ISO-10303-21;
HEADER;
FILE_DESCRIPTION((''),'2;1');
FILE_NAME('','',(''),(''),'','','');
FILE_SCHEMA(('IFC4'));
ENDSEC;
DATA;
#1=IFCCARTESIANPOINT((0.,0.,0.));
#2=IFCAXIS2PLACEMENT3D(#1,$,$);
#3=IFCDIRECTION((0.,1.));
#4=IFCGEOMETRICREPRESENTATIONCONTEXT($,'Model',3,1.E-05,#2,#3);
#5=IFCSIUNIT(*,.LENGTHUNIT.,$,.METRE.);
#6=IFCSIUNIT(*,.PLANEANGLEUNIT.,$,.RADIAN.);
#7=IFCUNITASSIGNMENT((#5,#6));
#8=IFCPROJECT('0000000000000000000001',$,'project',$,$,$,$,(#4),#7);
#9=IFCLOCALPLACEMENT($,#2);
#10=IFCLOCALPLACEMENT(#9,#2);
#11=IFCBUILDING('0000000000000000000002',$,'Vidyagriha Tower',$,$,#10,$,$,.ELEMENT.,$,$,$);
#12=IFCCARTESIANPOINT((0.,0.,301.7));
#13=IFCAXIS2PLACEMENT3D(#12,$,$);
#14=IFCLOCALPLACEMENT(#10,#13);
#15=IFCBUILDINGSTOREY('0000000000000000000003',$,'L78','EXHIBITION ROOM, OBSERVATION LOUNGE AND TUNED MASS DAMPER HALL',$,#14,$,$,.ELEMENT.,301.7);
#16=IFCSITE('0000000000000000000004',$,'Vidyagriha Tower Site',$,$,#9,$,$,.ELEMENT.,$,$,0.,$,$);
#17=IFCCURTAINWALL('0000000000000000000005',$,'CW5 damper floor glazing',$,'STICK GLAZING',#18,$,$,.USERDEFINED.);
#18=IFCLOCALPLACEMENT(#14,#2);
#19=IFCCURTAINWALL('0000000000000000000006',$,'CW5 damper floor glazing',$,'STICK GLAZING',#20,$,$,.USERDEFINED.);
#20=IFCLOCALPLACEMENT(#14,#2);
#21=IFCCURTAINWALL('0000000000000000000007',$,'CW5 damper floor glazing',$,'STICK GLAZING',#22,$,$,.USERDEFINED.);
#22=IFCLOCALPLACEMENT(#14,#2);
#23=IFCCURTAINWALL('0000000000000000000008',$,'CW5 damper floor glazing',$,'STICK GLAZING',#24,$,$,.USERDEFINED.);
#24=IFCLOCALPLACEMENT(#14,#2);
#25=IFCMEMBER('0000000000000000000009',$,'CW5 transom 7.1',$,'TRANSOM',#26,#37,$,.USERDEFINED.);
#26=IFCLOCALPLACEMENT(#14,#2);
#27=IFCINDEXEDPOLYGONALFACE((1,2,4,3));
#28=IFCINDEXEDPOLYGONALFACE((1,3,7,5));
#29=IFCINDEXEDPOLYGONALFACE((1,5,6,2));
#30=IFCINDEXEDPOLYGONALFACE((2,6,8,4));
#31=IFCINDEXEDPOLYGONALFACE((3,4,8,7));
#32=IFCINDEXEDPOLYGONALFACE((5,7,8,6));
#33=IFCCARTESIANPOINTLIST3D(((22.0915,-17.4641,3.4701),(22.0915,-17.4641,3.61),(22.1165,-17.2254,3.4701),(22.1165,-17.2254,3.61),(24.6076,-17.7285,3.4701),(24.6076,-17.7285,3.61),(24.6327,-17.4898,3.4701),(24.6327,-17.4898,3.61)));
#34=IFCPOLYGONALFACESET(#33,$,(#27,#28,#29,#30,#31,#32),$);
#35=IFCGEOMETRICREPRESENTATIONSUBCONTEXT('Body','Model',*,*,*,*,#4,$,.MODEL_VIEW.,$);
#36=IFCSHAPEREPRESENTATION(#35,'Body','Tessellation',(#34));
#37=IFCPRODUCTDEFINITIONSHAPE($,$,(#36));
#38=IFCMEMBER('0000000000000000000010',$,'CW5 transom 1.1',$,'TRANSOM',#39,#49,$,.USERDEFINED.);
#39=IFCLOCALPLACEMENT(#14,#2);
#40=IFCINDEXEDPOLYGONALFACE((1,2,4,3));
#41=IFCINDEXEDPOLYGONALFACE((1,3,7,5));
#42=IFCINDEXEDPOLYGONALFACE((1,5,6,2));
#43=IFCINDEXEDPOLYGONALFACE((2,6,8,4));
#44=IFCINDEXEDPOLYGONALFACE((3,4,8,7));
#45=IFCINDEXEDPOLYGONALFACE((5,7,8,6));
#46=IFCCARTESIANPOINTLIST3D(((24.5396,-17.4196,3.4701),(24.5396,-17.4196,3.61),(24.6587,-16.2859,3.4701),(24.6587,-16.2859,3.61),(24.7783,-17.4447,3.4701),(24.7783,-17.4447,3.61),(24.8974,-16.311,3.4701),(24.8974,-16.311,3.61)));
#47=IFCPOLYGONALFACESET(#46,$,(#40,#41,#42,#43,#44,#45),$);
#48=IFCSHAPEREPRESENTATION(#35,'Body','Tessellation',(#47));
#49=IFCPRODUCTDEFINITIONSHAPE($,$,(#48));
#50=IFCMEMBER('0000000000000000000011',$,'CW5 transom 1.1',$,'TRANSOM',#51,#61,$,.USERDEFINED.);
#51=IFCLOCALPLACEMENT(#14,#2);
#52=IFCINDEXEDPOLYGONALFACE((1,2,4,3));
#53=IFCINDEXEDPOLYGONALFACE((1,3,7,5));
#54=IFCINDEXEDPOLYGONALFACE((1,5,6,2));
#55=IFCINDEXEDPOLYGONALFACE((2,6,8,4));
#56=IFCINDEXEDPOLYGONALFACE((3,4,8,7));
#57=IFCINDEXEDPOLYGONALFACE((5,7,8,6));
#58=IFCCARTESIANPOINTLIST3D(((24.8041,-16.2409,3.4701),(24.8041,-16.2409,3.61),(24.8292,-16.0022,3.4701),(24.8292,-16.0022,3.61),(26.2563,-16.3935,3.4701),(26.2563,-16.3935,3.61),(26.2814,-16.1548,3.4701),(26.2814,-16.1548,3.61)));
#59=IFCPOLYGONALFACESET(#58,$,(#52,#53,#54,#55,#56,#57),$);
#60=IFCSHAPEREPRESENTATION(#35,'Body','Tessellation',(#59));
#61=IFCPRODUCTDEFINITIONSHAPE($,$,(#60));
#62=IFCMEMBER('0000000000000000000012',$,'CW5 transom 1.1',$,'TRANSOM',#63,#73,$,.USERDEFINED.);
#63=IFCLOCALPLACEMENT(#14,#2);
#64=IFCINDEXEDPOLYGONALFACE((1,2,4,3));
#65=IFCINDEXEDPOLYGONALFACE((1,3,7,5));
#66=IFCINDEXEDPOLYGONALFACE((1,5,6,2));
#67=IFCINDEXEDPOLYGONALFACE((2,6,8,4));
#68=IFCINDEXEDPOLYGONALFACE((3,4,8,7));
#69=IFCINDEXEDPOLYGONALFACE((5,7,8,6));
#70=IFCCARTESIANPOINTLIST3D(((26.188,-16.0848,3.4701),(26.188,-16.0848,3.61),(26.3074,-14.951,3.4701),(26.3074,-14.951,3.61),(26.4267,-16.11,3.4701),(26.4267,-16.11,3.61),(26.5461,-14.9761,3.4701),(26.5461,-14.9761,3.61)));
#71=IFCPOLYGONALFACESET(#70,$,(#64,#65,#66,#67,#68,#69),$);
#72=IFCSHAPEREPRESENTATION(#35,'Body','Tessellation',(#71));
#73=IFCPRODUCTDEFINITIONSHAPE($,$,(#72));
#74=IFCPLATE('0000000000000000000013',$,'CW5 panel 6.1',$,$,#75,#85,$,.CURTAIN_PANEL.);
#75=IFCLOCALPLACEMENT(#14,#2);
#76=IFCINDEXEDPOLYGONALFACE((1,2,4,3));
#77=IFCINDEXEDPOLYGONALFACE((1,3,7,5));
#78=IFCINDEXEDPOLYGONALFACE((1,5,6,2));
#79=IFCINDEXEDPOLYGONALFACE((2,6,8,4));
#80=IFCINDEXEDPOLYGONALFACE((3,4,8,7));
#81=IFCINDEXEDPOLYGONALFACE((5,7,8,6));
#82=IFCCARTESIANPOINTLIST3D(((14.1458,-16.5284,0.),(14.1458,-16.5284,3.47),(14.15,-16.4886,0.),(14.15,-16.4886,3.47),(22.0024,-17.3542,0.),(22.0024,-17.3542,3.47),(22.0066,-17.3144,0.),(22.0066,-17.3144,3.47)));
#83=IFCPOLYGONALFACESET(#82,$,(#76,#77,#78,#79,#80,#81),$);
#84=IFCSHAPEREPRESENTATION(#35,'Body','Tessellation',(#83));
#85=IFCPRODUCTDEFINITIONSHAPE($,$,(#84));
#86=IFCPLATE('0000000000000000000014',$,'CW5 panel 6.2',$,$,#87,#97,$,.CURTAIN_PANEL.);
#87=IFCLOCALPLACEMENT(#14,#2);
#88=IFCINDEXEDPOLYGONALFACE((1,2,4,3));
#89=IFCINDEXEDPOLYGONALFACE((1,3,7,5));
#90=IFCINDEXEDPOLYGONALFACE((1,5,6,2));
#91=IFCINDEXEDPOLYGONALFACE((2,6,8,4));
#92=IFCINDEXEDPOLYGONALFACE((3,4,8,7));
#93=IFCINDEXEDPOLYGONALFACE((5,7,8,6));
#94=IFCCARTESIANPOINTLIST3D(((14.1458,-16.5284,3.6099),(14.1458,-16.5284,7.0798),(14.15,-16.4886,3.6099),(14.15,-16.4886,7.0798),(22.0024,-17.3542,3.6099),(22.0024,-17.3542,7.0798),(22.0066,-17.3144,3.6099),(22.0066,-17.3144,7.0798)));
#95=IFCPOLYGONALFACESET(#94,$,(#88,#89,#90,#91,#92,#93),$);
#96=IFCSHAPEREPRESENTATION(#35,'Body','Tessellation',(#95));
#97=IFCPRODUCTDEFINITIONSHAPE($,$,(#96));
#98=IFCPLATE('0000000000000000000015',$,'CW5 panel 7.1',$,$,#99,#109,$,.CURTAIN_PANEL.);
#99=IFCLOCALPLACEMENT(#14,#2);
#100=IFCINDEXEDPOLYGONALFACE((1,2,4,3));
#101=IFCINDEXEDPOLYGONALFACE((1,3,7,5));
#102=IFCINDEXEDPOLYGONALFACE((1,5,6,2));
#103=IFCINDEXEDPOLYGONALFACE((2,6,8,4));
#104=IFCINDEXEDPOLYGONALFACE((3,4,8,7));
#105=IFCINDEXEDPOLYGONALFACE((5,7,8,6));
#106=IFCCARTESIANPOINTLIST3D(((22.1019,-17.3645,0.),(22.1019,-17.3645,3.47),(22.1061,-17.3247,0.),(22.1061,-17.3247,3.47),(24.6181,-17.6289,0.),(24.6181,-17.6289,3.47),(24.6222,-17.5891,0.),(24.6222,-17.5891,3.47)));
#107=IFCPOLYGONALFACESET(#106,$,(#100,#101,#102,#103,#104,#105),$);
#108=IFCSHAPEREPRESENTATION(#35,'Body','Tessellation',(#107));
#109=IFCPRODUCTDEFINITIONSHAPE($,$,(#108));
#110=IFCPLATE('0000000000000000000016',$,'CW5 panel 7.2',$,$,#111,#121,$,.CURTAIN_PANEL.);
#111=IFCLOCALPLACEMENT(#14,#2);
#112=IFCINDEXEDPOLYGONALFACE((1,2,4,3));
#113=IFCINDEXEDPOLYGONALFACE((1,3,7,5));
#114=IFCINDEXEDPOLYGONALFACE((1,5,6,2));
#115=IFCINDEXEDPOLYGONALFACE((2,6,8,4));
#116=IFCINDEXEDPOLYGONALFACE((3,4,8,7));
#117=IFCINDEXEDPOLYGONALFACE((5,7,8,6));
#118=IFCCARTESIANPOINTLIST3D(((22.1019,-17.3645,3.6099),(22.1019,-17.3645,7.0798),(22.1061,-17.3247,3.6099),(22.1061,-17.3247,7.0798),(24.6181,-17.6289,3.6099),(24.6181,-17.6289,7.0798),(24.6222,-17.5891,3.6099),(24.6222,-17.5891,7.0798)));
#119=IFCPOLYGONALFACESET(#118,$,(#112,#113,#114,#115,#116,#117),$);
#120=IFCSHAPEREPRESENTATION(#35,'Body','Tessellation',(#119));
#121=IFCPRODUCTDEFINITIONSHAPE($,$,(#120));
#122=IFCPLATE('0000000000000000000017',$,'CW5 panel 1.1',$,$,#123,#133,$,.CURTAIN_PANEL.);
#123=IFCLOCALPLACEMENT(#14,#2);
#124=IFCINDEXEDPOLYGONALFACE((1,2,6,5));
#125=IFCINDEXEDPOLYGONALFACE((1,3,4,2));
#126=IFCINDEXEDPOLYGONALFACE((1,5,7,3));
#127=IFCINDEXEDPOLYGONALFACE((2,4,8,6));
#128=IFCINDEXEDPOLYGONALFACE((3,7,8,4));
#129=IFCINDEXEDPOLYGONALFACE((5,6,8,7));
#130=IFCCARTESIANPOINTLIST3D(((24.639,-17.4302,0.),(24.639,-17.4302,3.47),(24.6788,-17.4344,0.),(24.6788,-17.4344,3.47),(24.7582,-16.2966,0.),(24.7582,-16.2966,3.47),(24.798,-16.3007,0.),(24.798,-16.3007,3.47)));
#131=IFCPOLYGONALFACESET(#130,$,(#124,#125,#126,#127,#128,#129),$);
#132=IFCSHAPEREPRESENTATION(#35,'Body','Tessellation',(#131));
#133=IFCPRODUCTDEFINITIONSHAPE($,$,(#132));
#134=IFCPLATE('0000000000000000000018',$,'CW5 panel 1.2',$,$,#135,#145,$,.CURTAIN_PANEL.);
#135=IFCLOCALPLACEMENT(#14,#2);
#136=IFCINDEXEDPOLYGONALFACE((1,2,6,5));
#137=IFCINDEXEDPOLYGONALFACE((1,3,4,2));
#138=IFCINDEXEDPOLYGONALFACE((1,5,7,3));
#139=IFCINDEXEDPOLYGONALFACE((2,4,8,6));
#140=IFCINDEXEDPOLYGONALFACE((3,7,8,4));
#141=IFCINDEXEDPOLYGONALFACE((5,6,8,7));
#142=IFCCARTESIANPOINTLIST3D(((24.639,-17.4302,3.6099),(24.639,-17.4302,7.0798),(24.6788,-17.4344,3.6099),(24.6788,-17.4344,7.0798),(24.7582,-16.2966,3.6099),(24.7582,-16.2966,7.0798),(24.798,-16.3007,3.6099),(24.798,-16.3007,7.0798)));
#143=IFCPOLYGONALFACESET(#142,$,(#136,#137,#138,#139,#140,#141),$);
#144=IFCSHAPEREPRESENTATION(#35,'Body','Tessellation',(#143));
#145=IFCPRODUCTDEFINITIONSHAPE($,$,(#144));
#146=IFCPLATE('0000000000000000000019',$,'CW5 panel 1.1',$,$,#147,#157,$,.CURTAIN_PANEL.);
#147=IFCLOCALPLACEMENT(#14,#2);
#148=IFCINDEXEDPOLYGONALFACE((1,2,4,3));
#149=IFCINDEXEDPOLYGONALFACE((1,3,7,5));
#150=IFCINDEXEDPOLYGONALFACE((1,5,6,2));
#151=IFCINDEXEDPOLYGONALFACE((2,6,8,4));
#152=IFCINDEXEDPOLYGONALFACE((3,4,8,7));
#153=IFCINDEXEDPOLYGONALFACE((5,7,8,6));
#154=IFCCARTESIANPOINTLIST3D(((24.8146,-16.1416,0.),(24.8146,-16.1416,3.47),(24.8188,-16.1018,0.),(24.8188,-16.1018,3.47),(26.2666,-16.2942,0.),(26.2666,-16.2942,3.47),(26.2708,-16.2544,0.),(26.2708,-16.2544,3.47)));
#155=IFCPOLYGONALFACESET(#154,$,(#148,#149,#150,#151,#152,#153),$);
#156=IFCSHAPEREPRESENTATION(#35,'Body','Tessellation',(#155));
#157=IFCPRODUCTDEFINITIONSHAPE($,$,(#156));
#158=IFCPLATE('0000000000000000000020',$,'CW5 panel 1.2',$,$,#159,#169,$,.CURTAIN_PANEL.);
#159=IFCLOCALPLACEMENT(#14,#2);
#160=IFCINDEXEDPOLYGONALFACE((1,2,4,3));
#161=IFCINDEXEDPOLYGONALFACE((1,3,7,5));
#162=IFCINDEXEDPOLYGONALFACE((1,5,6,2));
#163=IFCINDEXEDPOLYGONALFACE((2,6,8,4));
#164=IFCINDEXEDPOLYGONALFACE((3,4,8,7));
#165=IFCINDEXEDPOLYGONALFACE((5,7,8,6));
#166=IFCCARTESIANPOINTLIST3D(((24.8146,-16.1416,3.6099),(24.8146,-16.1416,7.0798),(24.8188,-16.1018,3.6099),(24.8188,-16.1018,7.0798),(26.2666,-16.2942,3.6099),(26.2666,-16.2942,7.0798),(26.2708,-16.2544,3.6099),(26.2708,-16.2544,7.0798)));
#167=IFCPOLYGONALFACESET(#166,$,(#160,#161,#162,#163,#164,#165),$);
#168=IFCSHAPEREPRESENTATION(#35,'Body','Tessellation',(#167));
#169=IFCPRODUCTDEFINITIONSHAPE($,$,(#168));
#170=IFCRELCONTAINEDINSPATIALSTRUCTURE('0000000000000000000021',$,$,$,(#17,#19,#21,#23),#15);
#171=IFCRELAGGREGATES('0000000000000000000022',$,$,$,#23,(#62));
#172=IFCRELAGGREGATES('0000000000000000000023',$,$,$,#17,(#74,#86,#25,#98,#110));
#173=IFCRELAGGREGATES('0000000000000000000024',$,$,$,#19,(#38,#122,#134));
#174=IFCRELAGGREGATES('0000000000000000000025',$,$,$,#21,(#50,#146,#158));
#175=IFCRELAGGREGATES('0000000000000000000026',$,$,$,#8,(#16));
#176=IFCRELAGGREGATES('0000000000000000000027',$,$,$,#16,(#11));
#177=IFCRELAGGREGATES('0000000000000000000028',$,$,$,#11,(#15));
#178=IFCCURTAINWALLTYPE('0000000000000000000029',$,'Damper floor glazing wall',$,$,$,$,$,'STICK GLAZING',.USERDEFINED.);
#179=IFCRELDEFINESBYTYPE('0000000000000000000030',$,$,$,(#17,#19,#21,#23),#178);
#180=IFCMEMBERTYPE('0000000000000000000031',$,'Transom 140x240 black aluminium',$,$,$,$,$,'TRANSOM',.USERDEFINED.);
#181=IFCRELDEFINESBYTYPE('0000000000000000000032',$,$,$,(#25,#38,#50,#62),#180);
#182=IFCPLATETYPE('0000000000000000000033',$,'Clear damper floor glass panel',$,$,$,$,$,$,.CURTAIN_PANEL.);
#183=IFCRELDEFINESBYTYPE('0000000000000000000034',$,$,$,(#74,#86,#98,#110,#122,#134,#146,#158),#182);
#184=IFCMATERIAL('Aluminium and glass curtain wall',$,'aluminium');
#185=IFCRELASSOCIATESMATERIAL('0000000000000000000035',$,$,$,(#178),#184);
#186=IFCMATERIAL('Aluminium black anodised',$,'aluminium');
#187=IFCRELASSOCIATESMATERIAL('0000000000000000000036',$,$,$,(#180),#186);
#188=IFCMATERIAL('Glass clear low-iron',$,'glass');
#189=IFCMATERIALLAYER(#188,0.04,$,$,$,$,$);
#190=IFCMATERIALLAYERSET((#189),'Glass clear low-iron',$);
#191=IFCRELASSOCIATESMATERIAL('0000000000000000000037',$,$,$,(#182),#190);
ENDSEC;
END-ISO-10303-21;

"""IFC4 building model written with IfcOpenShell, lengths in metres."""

from ifc_helpers import new_model, si_unit, direction, frame, origin, origin_2d, place, context, subcontext, project, spatial, rectangle, extrude, material, layer, layer_set, material_profile, profile_set, type_object, element, aggregate, save


model = new_model("IFC4")

# Units and contexts
model_context = context("Model", 3, precision=1e-05, world=origin(), true_north=direction((0.0, 1.0)))
body_context = subcontext(model_context, "Body", "Model", "MODEL_VIEW")
ifc_project = project(units=[si_unit("LENGTHUNIT", "METRE"), si_unit("PLANEANGLEUNIT", "RADIAN")], contexts=[model_context])

# Site, building, storey
site_placement = place(None, origin())
site = spatial("IfcSite", under=ifc_project, at=site_placement, Name="Vidyagriha Tower Site", CompositionType="ELEMENT", RefElevation=0.0)
building_placement = place(site_placement, origin())
building = spatial("IfcBuilding", under=site, at=building_placement, Name="Vidyagriha Tower", CompositionType="ELEMENT")
storey_placement = place(building_placement, frame((0.0, 0.0, 301.7)))
storey = spatial("IfcBuildingStorey", under=building, at=storey_placement, Name="L78", Description="EXHIBITION ROOM, OBSERVATION LOUNGE AND TUNED MASS DAMPER HALL", CompositionType="ELEMENT", Elevation=301.7)

# Curtain walls
ifc_material_1 = material(Name="Aluminium and glass curtain wall", Category="aluminium")
curtain_wall_type = type_object("IfcCurtainWallType", Name="Damper floor glazing wall", ElementType="STICK GLAZING", PredefinedType="USERDEFINED", material=ifc_material_1)
curtain_wall_1_placement = place(storey_placement, origin())
curtain_wall_1 = element("IfcCurtainWall", 1, at=curtain_wall_1_placement, inside=storey, type_object=curtain_wall_type, Name="CW5 damper floor glazing", ObjectType="STICK GLAZING", PredefinedType="USERDEFINED")
curtain_wall_2_placement = place(storey_placement, origin())
curtain_wall_2 = element("IfcCurtainWall", 2, at=curtain_wall_2_placement, inside=storey, type_object=curtain_wall_type, Name="CW5 damper floor glazing", ObjectType="STICK GLAZING", PredefinedType="USERDEFINED")

# Curtain walls
curtain_wall_3_placement = place(storey_placement, origin())
curtain_wall_3 = element("IfcCurtainWall", 3, at=curtain_wall_3_placement, inside=storey, type_object=curtain_wall_type, Name="CW5 damper floor glazing", ObjectType="STICK GLAZING", PredefinedType="USERDEFINED")
curtain_wall_4_placement = place(storey_placement, origin())
curtain_wall_4 = element("IfcCurtainWall", 4, at=curtain_wall_4_placement, inside=storey, type_object=curtain_wall_type, Name="CW5 damper floor glazing", ObjectType="STICK GLAZING", PredefinedType="USERDEFINED")

# Members
ifc_material_2 = material(Name="Aluminium black anodised", Category="aluminium")
ifc_material_profile_1 = material_profile(ifc_material_2, rectangle(XDim=0.24, YDim=0.1399, at=origin_2d()), Name="Transom 140x240 black aluminium")
ifc_profile_set_1 = profile_set([ifc_material_profile_1], Name="Aluminium black anodised")
member_type_1 = type_object("IfcMemberType", Name="Transom 140x240 black aluminium", ElementType="TRANSOM", PredefinedType="USERDEFINED", material=ifc_profile_set_1)
member_1_placement = place(storey_placement, frame((22.104, -17.3447, 3.54), z_axis=(0.994524, -0.104509, 0.0), x_axis=(0.104509, 0.994524, 0.0)))
member_1 = element("IfcMember", 5, at=member_1_placement, type_object=member_type_1, Name="CW5 transom 7.1", ObjectType="TRANSOM", PredefinedType="USERDEFINED", context=body_context, shape_type="SweptSolid", body=[
    extrude(rectangle(XDim=0.24, YDim=0.1399, at=origin_2d()), origin(), (0.0, 0.0, 1.0), 2.53),
])
member_2_placement = place(storey_placement, frame((24.6589, -17.4321, 3.54), z_axis=(0.104529, 0.994522, 0.0), x_axis=(-0.994522, 0.104529, 0.0)))
member_2 = element("IfcMember", 6, at=member_2_placement, type_object=member_type_1, Name="CW5 transom 1.1", ObjectType="TRANSOM", PredefinedType="USERDEFINED", context=body_context, shape_type="SweptSolid", body=[
    extrude(rectangle(XDim=0.24, YDim=0.1399, at=origin_2d()), origin(), (0.0, 0.0, 1.0), 1.1399),
])
member_3_placement = place(storey_placement, frame((24.8167, -16.1216, 3.54), z_axis=(0.994525, -0.104502, 0.0), x_axis=(0.104502, 0.994525, 0.0)))
member_3 = element("IfcMember", 7, at=member_3_placement, type_object=member_type_1, Name="CW5 transom 1.1", ObjectType="TRANSOM", PredefinedType="USERDEFINED", context=body_context, shape_type="SweptSolid", body=[
    extrude(rectangle(XDim=0.24, YDim=0.1399, at=origin_2d()), origin(), (0.0, 0.0, 1.0), 1.4602),
])
member_4_placement = place(storey_placement, frame((26.3074, -16.0974, 3.54), z_axis=(0.104718, 0.994502, 0.0), x_axis=(-0.994502, 0.104718, 0.0)))
member_4 = element("IfcMember", 8, at=member_4_placement, type_object=member_type_1, Name="CW5 transom 1.1", ObjectType="TRANSOM", PredefinedType="USERDEFINED", context=body_context, shape_type="SweptSolid", body=[
    extrude(rectangle(XDim=0.24, YDim=0.1399, at=origin_2d()), origin(), (0.0, 0.0, 1.0), 1.1401),
])
aggregate(curtain_wall_4, [member_4])

# Plates
ifc_material_3 = material(Name="Glass clear low-iron", Category="glass")
ifc_layer = layer(ifc_material_3, 0.04)
ifc_layer_set = layer_set([ifc_layer], Name="Glass clear low-iron")
plate_type = type_object("IfcPlateType", Name="Clear damper floor glass panel", PredefinedType="CURTAIN_PANEL", material=ifc_layer_set)
plate_1_placement = place(storey_placement, frame((18.0762, -16.9214, 0.0), z_axis=(0.0, 0.0, 1.0), x_axis=(0.994522, -0.104528, 0.0)))
plate_1 = element("IfcPlate", 9, at=plate_1_placement, type_object=plate_type, Name="CW5 panel 6.1", PredefinedType="CURTAIN_PANEL", context=body_context, shape_type="SweptSolid", body=[
    extrude(rectangle(XDim=7.8999, YDim=0.04, at=origin_2d()), origin(), (0.0, 0.0, 1.0), 3.47),
])
plate_2_placement = place(storey_placement, frame((18.0762, -16.9214, 3.6099), z_axis=(0.0, 0.0, 1.0), x_axis=(0.994522, -0.104528, 0.0)))
plate_2 = element("IfcPlate", 10, at=plate_2_placement, type_object=plate_type, Name="CW5 panel 6.2", PredefinedType="CURTAIN_PANEL", context=body_context, shape_type="SweptSolid", body=[
    extrude(rectangle(XDim=7.8999, YDim=0.04, at=origin_2d()), origin(), (0.0, 0.0, 1.0), 3.47),
])
plate_3_placement = place(storey_placement, frame((23.3621, -17.4768, 0.0), z_axis=(0.0, 0.0, 1.0), x_axis=(0.994522, -0.104528, 0.0)))
plate_3 = element("IfcPlate", 11, at=plate_3_placement, type_object=plate_type, Name="CW5 panel 7.1", PredefinedType="CURTAIN_PANEL", context=body_context, shape_type="SweptSolid", body=[
    extrude(rectangle(XDim=2.53, YDim=0.04, at=origin_2d()), origin(), (0.0, 0.0, 1.0), 3.47),
])
plate_4_placement = place(storey_placement, frame((23.3621, -17.4768, 3.6099), z_axis=(0.0, 0.0, 1.0), x_axis=(0.994522, -0.104528, 0.0)))
plate_4 = element("IfcPlate", 12, at=plate_4_placement, type_object=plate_type, Name="CW5 panel 7.2", PredefinedType="CURTAIN_PANEL", context=body_context, shape_type="SweptSolid", body=[
    extrude(rectangle(XDim=2.53, YDim=0.04, at=origin_2d()), origin(), (0.0, 0.0, 1.0), 3.47),
])
aggregate(curtain_wall_1, [plate_1, plate_2, member_1, plate_3, plate_4])
plate_5_placement = place(storey_placement, frame((24.7185, -16.8655, 0.0), z_axis=(0.0, 0.0, 1.0), x_axis=(0.104557, 0.994519, 0.0)))
plate_5 = element("IfcPlate", 13, at=plate_5_placement, type_object=plate_type, Name="CW5 panel 1.1", PredefinedType="CURTAIN_PANEL", context=body_context, shape_type="SweptSolid", body=[
    extrude(rectangle(XDim=1.1399, YDim=0.04, at=origin_2d()), origin(), (0.0, 0.0, 1.0), 3.47),
])
plate_6_placement = place(storey_placement, frame((24.7185, -16.8655, 3.6099), z_axis=(0.0, 0.0, 1.0), x_axis=(0.104557, 0.994519, 0.0)))
plate_6 = element("IfcPlate", 14, at=plate_6_placement, type_object=plate_type, Name="CW5 panel 1.2", PredefinedType="CURTAIN_PANEL", context=body_context, shape_type="SweptSolid", body=[
    extrude(rectangle(XDim=1.1399, YDim=0.04, at=origin_2d()), origin(), (0.0, 0.0, 1.0), 3.47),
])
aggregate(curtain_wall_2, [member_2, plate_5, plate_6])
plate_7_placement = place(storey_placement, frame((25.5427, -16.198, 0.0), z_axis=(0.0, 0.0, 1.0), x_axis=(0.994523, -0.104519, 0.0)))
plate_7 = element("IfcPlate", 15, at=plate_7_placement, type_object=plate_type, Name="CW5 panel 1.1", PredefinedType="CURTAIN_PANEL", context=body_context, shape_type="SweptSolid", body=[
    extrude(rectangle(XDim=1.46, YDim=0.04, at=origin_2d()), origin(), (0.0, 0.0, 1.0), 3.47),
])
plate_8_placement = place(storey_placement, frame((25.5427, -16.198, 3.6099), z_axis=(0.0, 0.0, 1.0), x_axis=(0.994523, -0.104519, 0.0)))
plate_8 = element("IfcPlate", 16, at=plate_8_placement, type_object=plate_type, Name="CW5 panel 1.2", PredefinedType="CURTAIN_PANEL", context=body_context, shape_type="SweptSolid", body=[
    extrude(rectangle(XDim=1.46, YDim=0.04, at=origin_2d()), origin(), (0.0, 0.0, 1.0), 3.47),
])
aggregate(curtain_wall_3, [member_3, plate_7, plate_8])

save(model, "model.ifc")
